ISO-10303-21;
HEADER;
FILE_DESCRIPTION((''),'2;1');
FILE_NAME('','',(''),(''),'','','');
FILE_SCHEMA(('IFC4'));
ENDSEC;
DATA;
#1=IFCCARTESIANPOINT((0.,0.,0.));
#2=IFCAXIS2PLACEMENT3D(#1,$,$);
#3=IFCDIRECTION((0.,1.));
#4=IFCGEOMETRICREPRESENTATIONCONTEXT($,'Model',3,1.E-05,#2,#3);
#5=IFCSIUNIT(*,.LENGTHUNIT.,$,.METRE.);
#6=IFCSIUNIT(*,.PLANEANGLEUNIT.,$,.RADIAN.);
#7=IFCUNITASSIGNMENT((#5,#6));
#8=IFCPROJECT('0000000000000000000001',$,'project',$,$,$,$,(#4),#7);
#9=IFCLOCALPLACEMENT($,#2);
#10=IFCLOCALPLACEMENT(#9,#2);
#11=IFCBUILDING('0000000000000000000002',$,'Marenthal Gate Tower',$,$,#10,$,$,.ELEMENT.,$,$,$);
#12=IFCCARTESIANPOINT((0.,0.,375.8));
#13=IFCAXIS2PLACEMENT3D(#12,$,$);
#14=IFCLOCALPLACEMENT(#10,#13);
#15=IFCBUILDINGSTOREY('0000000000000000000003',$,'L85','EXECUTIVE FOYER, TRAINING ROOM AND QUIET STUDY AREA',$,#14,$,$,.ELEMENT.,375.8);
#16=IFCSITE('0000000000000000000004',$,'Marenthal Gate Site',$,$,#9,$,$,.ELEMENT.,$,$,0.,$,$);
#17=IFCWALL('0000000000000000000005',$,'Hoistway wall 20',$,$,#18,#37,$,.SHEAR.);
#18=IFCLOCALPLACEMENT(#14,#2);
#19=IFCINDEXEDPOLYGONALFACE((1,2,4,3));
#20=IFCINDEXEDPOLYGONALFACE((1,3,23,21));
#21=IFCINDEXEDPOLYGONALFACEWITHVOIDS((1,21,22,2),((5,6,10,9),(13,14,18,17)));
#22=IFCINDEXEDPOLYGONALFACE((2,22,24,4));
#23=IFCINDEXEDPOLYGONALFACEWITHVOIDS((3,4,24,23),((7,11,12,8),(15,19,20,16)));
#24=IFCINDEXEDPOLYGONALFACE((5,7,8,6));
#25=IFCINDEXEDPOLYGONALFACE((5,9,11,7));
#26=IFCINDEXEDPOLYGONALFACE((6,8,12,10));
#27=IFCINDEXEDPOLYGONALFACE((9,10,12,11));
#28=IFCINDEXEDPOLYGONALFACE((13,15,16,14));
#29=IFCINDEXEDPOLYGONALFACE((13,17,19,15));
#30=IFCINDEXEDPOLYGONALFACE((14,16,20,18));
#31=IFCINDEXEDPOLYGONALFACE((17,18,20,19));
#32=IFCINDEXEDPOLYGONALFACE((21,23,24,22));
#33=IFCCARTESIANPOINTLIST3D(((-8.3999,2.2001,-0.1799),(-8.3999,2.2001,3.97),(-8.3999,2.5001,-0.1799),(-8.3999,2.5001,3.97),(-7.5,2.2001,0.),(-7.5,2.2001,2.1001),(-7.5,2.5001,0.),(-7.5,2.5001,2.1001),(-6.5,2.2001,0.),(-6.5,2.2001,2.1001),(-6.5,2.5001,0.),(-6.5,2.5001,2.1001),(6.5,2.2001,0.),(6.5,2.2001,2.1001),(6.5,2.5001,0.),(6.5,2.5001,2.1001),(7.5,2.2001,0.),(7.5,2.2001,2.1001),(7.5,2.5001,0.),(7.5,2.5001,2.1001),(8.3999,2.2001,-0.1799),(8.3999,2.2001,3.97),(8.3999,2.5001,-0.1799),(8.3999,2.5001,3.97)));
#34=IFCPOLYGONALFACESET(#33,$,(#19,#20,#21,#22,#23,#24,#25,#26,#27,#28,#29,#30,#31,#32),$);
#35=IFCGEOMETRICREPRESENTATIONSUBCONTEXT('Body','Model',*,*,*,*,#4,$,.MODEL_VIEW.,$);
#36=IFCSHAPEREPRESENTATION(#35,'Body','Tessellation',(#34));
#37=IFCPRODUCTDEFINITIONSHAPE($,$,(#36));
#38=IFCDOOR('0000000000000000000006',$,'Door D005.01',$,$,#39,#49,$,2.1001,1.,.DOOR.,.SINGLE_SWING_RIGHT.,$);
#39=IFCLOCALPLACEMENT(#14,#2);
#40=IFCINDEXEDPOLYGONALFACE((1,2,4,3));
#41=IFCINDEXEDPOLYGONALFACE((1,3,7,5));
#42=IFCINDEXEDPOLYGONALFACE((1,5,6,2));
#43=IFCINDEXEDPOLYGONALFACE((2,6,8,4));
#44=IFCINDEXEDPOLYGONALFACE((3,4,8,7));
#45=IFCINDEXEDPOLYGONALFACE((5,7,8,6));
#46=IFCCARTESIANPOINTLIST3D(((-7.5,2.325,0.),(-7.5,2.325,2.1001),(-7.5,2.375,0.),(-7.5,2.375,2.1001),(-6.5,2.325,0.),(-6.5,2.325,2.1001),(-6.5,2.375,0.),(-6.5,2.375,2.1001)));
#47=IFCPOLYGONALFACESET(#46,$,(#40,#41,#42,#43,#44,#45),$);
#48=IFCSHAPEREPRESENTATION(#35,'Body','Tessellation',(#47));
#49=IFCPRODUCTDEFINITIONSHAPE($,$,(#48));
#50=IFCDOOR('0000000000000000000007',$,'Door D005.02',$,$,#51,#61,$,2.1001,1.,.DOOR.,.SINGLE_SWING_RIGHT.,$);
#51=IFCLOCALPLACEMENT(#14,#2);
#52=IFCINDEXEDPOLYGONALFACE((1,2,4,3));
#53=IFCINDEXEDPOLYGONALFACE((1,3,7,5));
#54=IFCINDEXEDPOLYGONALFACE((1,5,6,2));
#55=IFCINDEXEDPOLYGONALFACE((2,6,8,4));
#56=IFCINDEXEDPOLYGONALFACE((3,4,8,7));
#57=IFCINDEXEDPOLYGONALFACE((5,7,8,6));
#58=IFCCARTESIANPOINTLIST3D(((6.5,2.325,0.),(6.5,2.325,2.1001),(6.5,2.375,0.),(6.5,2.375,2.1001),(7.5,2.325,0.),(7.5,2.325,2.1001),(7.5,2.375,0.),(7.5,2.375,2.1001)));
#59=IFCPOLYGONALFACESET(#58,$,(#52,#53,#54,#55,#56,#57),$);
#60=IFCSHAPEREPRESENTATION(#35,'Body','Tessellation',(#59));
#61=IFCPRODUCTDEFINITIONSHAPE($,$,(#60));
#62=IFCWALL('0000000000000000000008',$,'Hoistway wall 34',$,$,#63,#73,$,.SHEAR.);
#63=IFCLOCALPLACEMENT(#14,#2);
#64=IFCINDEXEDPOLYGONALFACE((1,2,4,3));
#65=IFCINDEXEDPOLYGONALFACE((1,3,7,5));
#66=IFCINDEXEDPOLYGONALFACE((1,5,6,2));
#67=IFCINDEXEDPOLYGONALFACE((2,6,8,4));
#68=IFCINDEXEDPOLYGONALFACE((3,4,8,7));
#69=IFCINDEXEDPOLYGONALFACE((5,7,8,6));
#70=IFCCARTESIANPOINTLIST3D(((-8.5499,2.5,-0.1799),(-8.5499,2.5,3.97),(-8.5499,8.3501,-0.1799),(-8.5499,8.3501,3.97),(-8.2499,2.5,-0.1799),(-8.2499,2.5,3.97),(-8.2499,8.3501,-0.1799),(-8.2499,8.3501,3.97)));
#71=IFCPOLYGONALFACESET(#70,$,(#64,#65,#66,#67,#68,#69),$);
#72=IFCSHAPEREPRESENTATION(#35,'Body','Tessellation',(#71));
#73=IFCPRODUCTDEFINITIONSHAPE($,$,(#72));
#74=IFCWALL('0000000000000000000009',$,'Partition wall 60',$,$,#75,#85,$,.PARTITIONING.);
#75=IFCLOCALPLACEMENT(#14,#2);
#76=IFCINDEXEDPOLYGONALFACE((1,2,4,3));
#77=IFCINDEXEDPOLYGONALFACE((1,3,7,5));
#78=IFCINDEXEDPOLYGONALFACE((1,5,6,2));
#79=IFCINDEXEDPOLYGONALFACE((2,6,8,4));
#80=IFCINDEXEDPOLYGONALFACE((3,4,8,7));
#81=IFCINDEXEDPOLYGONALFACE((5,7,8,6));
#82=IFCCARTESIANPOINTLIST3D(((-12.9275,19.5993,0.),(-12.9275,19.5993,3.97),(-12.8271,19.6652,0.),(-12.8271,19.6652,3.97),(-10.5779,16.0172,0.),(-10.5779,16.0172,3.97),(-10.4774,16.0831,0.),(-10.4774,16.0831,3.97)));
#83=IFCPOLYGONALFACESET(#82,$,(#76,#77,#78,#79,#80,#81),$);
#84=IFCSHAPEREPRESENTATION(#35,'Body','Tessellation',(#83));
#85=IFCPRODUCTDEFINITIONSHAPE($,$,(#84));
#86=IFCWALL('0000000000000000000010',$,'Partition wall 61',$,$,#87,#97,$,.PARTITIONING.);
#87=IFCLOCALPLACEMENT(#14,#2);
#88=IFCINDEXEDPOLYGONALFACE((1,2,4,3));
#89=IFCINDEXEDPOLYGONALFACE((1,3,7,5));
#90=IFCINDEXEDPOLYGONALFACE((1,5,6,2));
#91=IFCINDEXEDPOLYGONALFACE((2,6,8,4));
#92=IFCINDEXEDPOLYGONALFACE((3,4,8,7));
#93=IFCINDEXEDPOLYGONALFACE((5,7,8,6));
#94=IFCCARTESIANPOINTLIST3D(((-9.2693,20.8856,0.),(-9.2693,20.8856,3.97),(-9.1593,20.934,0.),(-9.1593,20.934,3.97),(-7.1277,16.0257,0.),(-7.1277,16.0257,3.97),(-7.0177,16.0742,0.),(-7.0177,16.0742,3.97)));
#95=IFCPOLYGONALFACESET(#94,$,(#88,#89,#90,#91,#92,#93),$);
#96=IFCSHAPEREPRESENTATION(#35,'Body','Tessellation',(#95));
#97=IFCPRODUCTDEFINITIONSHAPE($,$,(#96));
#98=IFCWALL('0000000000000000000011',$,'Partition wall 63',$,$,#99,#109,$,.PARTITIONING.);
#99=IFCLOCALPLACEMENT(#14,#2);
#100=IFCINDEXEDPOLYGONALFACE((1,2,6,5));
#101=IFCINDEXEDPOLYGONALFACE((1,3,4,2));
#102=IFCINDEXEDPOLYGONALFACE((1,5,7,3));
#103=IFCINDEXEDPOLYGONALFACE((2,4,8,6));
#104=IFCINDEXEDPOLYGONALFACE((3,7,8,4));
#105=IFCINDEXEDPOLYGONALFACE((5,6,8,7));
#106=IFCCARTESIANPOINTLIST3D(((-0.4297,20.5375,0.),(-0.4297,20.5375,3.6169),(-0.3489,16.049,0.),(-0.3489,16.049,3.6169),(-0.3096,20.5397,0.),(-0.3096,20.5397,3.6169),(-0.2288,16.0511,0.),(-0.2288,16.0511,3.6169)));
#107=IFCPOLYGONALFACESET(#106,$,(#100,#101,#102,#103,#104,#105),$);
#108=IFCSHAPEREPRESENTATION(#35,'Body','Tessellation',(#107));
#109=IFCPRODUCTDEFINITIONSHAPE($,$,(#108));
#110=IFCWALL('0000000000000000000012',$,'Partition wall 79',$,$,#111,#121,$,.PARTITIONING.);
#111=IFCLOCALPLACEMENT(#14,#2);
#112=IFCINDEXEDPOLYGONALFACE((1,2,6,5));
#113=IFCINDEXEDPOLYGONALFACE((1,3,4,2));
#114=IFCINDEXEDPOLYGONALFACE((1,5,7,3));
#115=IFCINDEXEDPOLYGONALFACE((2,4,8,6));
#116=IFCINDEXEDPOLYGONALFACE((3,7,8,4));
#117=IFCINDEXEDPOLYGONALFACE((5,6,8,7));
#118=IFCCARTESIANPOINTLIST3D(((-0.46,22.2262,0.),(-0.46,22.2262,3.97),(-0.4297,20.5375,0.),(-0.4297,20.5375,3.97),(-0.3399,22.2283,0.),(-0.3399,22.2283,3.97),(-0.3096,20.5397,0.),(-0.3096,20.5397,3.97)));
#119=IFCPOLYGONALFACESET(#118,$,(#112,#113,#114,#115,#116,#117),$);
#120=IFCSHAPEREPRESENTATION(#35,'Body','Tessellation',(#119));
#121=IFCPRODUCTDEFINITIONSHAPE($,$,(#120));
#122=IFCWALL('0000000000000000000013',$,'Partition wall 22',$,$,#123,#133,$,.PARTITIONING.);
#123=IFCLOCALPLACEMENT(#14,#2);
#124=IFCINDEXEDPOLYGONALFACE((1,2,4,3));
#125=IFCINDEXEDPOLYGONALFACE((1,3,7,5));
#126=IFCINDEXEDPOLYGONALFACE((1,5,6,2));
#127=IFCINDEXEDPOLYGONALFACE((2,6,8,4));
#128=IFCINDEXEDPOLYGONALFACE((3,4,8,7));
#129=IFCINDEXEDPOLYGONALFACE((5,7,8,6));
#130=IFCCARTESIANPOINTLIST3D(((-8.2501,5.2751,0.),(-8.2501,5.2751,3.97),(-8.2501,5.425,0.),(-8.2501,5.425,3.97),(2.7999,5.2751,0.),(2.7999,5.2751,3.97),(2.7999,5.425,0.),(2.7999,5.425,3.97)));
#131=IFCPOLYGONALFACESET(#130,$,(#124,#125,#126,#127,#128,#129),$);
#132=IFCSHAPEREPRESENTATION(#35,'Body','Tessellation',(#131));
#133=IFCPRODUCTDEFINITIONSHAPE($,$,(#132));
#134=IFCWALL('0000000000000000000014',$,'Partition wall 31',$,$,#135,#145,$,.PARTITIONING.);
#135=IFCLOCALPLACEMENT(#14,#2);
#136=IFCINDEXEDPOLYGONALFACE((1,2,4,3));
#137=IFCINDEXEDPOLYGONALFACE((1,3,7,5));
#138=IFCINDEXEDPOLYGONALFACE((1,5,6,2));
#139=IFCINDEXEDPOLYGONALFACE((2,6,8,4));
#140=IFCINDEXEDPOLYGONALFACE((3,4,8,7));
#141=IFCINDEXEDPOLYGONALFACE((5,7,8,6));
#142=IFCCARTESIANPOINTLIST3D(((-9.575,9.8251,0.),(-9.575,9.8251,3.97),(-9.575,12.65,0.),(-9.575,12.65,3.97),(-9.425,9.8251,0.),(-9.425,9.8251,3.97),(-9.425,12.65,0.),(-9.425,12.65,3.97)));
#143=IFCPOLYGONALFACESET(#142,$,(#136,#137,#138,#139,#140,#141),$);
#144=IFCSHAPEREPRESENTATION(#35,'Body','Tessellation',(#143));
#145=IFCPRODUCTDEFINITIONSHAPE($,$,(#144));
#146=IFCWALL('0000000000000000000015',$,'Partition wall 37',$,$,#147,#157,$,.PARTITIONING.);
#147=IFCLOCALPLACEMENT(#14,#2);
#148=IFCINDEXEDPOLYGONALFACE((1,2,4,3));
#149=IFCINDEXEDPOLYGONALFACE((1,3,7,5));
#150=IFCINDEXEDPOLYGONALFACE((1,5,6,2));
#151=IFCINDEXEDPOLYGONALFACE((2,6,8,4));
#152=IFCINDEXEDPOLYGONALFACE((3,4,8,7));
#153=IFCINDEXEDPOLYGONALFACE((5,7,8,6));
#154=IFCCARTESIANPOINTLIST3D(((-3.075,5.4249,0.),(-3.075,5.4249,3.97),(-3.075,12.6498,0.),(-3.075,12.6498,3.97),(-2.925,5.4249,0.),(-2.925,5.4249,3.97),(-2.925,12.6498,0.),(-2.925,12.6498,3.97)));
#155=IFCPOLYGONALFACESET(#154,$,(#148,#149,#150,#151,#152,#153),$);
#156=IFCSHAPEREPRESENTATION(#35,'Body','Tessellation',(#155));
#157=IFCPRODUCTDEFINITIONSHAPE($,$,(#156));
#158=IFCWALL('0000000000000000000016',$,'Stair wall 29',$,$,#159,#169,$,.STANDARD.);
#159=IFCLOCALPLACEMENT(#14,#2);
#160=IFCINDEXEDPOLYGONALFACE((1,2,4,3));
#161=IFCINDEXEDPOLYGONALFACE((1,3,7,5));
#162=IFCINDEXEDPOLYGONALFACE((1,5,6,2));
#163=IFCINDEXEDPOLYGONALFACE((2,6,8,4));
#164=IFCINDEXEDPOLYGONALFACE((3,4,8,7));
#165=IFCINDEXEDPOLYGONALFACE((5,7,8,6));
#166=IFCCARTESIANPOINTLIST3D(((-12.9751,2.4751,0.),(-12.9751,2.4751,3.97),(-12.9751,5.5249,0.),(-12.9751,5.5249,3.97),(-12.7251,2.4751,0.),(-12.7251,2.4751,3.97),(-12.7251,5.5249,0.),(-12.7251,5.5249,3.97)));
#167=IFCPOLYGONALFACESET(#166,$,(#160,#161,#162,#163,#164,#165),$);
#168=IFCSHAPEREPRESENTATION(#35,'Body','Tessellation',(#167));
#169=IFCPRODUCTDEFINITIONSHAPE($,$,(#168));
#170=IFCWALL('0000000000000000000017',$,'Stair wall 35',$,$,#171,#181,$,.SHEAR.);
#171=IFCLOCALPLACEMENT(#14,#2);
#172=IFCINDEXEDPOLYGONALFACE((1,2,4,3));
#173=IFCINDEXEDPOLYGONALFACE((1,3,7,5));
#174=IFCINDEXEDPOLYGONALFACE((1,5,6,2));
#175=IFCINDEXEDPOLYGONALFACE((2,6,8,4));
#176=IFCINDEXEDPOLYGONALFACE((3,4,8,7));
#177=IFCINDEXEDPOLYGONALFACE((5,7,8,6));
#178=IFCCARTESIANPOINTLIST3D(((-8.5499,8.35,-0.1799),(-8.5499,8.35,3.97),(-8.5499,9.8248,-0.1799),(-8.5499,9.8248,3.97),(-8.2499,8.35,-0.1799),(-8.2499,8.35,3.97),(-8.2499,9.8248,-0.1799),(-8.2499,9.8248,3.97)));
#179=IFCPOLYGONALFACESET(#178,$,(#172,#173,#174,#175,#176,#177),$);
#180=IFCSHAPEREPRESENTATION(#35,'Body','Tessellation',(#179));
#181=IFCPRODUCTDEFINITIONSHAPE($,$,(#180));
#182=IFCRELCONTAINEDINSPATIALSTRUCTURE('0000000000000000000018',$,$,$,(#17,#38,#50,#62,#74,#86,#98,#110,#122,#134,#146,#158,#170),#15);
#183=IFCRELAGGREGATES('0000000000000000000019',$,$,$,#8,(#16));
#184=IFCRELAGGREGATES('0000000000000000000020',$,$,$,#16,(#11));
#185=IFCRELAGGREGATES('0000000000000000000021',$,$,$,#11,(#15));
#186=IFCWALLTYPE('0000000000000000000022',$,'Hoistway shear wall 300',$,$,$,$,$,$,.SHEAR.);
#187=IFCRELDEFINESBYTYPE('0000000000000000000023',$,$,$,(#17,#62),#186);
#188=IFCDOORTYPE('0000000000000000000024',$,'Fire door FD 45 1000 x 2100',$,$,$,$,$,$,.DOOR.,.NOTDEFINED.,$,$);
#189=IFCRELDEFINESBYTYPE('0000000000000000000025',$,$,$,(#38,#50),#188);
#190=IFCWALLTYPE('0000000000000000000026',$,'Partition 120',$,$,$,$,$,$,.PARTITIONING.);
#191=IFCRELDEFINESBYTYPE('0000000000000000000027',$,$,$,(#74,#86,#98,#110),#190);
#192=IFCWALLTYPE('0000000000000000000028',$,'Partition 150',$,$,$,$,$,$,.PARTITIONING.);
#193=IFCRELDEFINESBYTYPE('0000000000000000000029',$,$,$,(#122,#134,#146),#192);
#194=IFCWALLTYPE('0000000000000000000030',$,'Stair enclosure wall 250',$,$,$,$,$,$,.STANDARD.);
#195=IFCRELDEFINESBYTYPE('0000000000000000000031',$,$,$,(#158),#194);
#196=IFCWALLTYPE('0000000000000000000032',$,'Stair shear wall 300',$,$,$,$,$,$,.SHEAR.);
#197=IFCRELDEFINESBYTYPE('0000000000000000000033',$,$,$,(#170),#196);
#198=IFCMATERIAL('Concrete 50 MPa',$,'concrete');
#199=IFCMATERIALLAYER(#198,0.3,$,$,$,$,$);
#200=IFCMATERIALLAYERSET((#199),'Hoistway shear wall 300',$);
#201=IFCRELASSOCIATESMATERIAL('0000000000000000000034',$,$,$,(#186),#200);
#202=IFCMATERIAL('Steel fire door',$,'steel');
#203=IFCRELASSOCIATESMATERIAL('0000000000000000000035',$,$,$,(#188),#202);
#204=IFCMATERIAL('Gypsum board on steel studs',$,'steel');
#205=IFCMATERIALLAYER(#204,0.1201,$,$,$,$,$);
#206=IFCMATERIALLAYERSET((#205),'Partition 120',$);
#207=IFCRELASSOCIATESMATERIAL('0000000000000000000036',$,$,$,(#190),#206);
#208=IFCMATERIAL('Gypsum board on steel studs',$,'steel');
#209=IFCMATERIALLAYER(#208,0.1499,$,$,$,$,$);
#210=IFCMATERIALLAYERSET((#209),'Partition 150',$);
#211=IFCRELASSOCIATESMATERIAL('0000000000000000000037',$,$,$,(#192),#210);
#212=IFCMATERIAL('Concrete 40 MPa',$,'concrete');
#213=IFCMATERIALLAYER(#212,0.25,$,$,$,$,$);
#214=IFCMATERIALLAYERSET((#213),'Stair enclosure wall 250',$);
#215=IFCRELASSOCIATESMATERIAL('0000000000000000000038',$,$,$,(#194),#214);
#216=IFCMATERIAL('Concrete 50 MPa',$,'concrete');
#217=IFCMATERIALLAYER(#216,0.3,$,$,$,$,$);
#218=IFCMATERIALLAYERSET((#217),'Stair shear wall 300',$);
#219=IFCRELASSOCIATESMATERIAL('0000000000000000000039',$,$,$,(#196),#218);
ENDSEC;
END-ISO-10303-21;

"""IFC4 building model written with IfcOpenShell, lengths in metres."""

from ifc_helpers import new_model, si_unit, direction, frame, frame_2d, origin, place, context, subcontext, project, spatial, rectangle, extrude, material, layer, layer_set, type_object, element, fill, save


model = new_model("IFC4")

# Units and contexts
model_context = context("Model", 3, precision=1e-05, world=origin(), true_north=direction((0.0, 1.0)))
body_context = subcontext(model_context, "Body", "Model", "MODEL_VIEW")
ifc_project = project(units=[si_unit("LENGTHUNIT", "METRE"), si_unit("PLANEANGLEUNIT", "RADIAN")], contexts=[model_context])

# Site, building, storey
site_placement = place(None, origin())
site = spatial("IfcSite", under=ifc_project, at=site_placement, Name="Marenthal Gate Site", CompositionType="ELEMENT", RefElevation=0.0)
building_placement = place(site_placement, origin())
building = spatial("IfcBuilding", under=site, at=building_placement, Name="Marenthal Gate Tower", CompositionType="ELEMENT")
storey_placement = place(building_placement, frame((0.0, 0.0, 375.8)))
storey = spatial("IfcBuildingStorey", under=building, at=storey_placement, Name="L85", Description="EXECUTIVE FOYER, TRAINING ROOM AND QUIET STUDY AREA", CompositionType="ELEMENT", Elevation=375.8)

# Wall, openings, doors
ifc_material_1 = material(Name="Concrete 50 MPa", Category="concrete")
ifc_layer_1 = layer(ifc_material_1, 0.3)
ifc_layer_set_1 = layer_set([ifc_layer_1], Name="Hoistway shear wall 300")
wall_type_1 = type_object("IfcWallType", Name="Hoistway shear wall 300", PredefinedType="SHEAR", material=ifc_layer_set_1)
wall_1_placement = place(storey_placement, frame((-8.3999, 2.3501, -0.1799), z_axis=(0.0, 0.0, 1.0), x_axis=(1.0, 0.0, 0.0)))
wall_1 = element("IfcWall", 1, at=wall_1_placement, inside=storey, type_object=wall_type_1, Name="Hoistway wall 20", PredefinedType="SHEAR", context=body_context, shape_type="SweptSolid", body=[
    extrude(rectangle(XDim=16.7998, YDim=0.3, at=frame_2d((8.3999, 0.0))), origin(), (0.0, 0.0, 1.0), 4.1499),
])
opening_1_placement = place(wall_1_placement, frame((0.8999, 0.0, 0.1799)))
opening_1 = element("IfcOpeningElement", 2, at=opening_1_placement, cuts=wall_1, PredefinedType="OPENING", context=body_context, shape_type="SweptSolid", body=[
    extrude(rectangle(XDim=1.0, YDim=2.1001, at=frame_2d((0.5, 1.05))), frame((0.0, 0.1602, 0.0), z_axis=(0.0, -1.0, 0.0), x_axis=(1.0, 0.0, 0.0)), (0.0, 0.0, 1.0), 0.3201),
])
opening_2_placement = place(wall_1_placement, frame((14.8999, 0.0, 0.1799)))
opening_2 = element("IfcOpeningElement", 3, at=opening_2_placement, cuts=wall_1, PredefinedType="OPENING", context=body_context, shape_type="SweptSolid", body=[
    extrude(rectangle(XDim=1.0, YDim=2.1001, at=frame_2d((0.5, 1.05))), frame((0.0, 0.1602, 0.0), z_axis=(0.0, -1.0, 0.0), x_axis=(1.0, 0.0, 0.0)), (0.0, 0.0, 1.0), 0.3201),
])
ifc_material_2 = material(Name="Steel fire door", Category="steel")
door_type_1 = type_object("IfcDoorType", Name="Fire door FD 45 1000 x 2100", OperationType="NOTDEFINED", PredefinedType="DOOR", material=ifc_material_2)
door_1_placement = place(opening_1_placement, origin())
door_1 = element("IfcDoor", 4, at=door_1_placement, inside=storey, type_object=door_type_1, Name="Door D005.01", OperationType="SINGLE_SWING_RIGHT", OverallHeight=2.1001, OverallWidth=1.0, PredefinedType="DOOR", context=body_context, shape_type="SweptSolid", body=[
    extrude(rectangle(XDim=1.0, YDim=2.1001, at=frame_2d((0.5, 1.05))), frame((0.0, 0.0249, 0.0), z_axis=(0.0, -1.0, 0.0), x_axis=(1.0, 0.0, 0.0)), (0.0, 0.0, 1.0), 0.05),
])
fill(opening_1, door_1)
door_2_placement = place(opening_2_placement, origin())
door_2 = element("IfcDoor", 5, at=door_2_placement, inside=storey, type_object=door_type_1, Name="Door D005.02", OperationType="SINGLE_SWING_RIGHT", OverallHeight=2.1001, OverallWidth=1.0, PredefinedType="DOOR", context=body_context, shape_type="SweptSolid", body=[
    extrude(rectangle(XDim=1.0, YDim=2.1001, at=frame_2d((0.5, 1.05))), frame((0.0, 0.0249, 0.0), z_axis=(0.0, -1.0, 0.0), x_axis=(1.0, 0.0, 0.0)), (0.0, 0.0, 1.0), 0.05),
])
fill(opening_2, door_2)

# Walls
wall_2_placement = place(storey_placement, frame((-8.3999, 2.5, -0.1799), z_axis=(0.0, 0.0, 1.0), x_axis=(0.0, 1.0, 0.0)))
element("IfcWall", 6, at=wall_2_placement, inside=storey, type_object=wall_type_1, Name="Hoistway wall 34", PredefinedType="SHEAR", context=body_context, shape_type="SweptSolid", body=[
    extrude(rectangle(XDim=5.8501, YDim=0.3, at=frame_2d((2.925, 0.0))), origin(), (0.0, 0.0, 1.0), 4.1499),
])
ifc_material_3 = material(Name="Gypsum board on steel studs", Category="steel")
ifc_layer_2 = layer(ifc_material_3, 0.1201)
ifc_layer_set_2 = layer_set([ifc_layer_2], Name="Partition 120")
wall_type_2 = type_object("IfcWallType", Name="Partition 120", PredefinedType="PARTITIONING", material=ifc_layer_set_2)
wall_3_placement = place(storey_placement, frame((-10.5276, 16.05, 0.0), z_axis=(0.0, 0.0, 1.0), x_axis=(-0.548477, 0.836166, 0.0)))
element("IfcWall", 7, at=wall_3_placement, inside=storey, type_object=wall_type_2, Name="Partition wall 60", PredefinedType="PARTITIONING", context=body_context, shape_type="SweptSolid", body=[
    extrude(rectangle(XDim=4.2839, YDim=0.1201, at=frame_2d((2.1421, 0.0))), origin(), (0.0, 0.0, 1.0), 3.97),
])
wall_4_placement = place(storey_placement, frame((-7.0728, 16.05, 0.0), z_axis=(0.0, 0.0, 1.0), x_axis=(-0.403253, 0.915088, 0.0)))
element("IfcWall", 8, at=wall_4_placement, inside=storey, type_object=wall_type_2, Name="Partition wall 61", PredefinedType="PARTITIONING", context=body_context, shape_type="SweptSolid", body=[
    extrude(rectangle(XDim=5.3108, YDim=0.1201, at=frame_2d((2.6553, 0.0))), origin(), (0.0, 0.0, 1.0), 3.97),
])
wall_5_placement = place(storey_placement, frame((-0.2888, 16.05, 0.0), z_axis=(0.0, 0.0, 1.0), x_axis=(-0.018001, 0.999838, 0.0)))
element("IfcWall", 9, at=wall_5_placement, inside=storey, type_object=wall_type_2, Name="Partition wall 63", PredefinedType="PARTITIONING", context=body_context, shape_type="SweptSolid", body=[
    extrude(rectangle(XDim=4.4893, YDim=0.1201, at=frame_2d((2.2446, 0.0))), origin(), (0.0, 0.0, 1.0), 3.6169),
])
wall_6_placement = place(storey_placement, frame((-0.3696, 20.5386, 0.0), z_axis=(0.0, 0.0, 1.0), x_axis=(-0.017924, 0.999839, 0.0)))
element("IfcWall", 10, at=wall_6_placement, inside=storey, type_object=wall_type_2, Name="Partition wall 79", PredefinedType="PARTITIONING", context=body_context, shape_type="SweptSolid", body=[
    extrude(rectangle(XDim=1.689, YDim=0.1201, at=frame_2d((0.8445, 0.0))), origin(), (0.0, 0.0, 1.0), 3.97),
])
ifc_material_4 = material(Name="Gypsum board on steel studs", Category="steel")
ifc_layer_3 = layer(ifc_material_4, 0.1499)
ifc_layer_set_3 = layer_set([ifc_layer_3], Name="Partition 150")
wall_type_3 = type_object("IfcWallType", Name="Partition 150", PredefinedType="PARTITIONING", material=ifc_layer_set_3)
wall_7_placement = place(storey_placement, frame((-8.25, 5.3501, 0.0), z_axis=(0.0, 0.0, 1.0), x_axis=(1.0, 0.0, 0.0)))
element("IfcWall", 11, at=wall_7_placement, inside=storey, type_object=wall_type_3, Name="Partition wall 22", PredefinedType="PARTITIONING", context=body_context, shape_type="SweptSolid", body=[
    extrude(rectangle(XDim=11.05, YDim=0.1499, at=frame_2d((5.5249, 0.0))), origin(), (0.0, 0.0, 1.0), 3.97),
])
wall_8_placement = place(storey_placement, frame((-9.5, 9.825, 0.0), z_axis=(0.0, 0.0, 1.0), x_axis=(0.0, 1.0, 0.0)))
element("IfcWall", 12, at=wall_8_placement, inside=storey, type_object=wall_type_3, Name="Partition wall 31", PredefinedType="PARTITIONING", context=body_context, shape_type="SweptSolid", body=[
    extrude(rectangle(XDim=2.825, YDim=0.1499, at=frame_2d((1.4126, 0.0))), origin(), (0.0, 0.0, 1.0), 3.97),
])
wall_9_placement = place(storey_placement, frame((-3.0, 5.425, 0.0), z_axis=(0.0, 0.0, 1.0), x_axis=(0.0, 1.0, 0.0)))
element("IfcWall", 13, at=wall_9_placement, inside=storey, type_object=wall_type_3, Name="Partition wall 37", PredefinedType="PARTITIONING", context=body_context, shape_type="SweptSolid", body=[
    extrude(rectangle(XDim=7.2249, YDim=0.1499, at=frame_2d((3.6123, 0.0))), origin(), (0.0, 0.0, 1.0), 3.97),
])
ifc_material_5 = material(Name="Concrete 40 MPa", Category="concrete")
ifc_layer_4 = layer(ifc_material_5, 0.25)
ifc_layer_set_4 = layer_set([ifc_layer_4], Name="Stair enclosure wall 250")
wall_type_4 = type_object("IfcWallType", Name="Stair enclosure wall 250", PredefinedType="STANDARD", material=ifc_layer_set_4)
wall_10_placement = place(storey_placement, frame((-12.8501, 2.4751, 0.0), z_axis=(0.0, 0.0, 1.0), x_axis=(0.0, 1.0, 0.0)))
element("IfcWall", 14, at=wall_10_placement, inside=storey, type_object=wall_type_4, Name="Stair wall 29", PredefinedType="STANDARD", context=body_context, shape_type="SweptSolid", body=[
    extrude(rectangle(XDim=3.0498, YDim=0.25, at=frame_2d((1.5249, 0.0))), origin(), (0.0, 0.0, 1.0), 3.97),
])
ifc_material_6 = material(Name="Concrete 50 MPa", Category="concrete")
ifc_layer_5 = layer(ifc_material_6, 0.3)
ifc_layer_set_5 = layer_set([ifc_layer_5], Name="Stair shear wall 300")
wall_type_5 = type_object("IfcWallType", Name="Stair shear wall 300", PredefinedType="SHEAR", material=ifc_layer_set_5)
wall_11_placement = place(storey_placement, frame((-8.3999, 8.3501, -0.1799), z_axis=(0.0, 0.0, 1.0), x_axis=(0.0, 1.0, 0.0)))
element("IfcWall", 15, at=wall_11_placement, inside=storey, type_object=wall_type_5, Name="Stair wall 35", PredefinedType="SHEAR", context=body_context, shape_type="SweptSolid", body=[
    extrude(rectangle(XDim=1.4749, YDim=0.3, at=frame_2d((0.7373, 0.0))), origin(), (0.0, 0.0, 1.0), 4.1499),
])

save(model, "model.ifc")
